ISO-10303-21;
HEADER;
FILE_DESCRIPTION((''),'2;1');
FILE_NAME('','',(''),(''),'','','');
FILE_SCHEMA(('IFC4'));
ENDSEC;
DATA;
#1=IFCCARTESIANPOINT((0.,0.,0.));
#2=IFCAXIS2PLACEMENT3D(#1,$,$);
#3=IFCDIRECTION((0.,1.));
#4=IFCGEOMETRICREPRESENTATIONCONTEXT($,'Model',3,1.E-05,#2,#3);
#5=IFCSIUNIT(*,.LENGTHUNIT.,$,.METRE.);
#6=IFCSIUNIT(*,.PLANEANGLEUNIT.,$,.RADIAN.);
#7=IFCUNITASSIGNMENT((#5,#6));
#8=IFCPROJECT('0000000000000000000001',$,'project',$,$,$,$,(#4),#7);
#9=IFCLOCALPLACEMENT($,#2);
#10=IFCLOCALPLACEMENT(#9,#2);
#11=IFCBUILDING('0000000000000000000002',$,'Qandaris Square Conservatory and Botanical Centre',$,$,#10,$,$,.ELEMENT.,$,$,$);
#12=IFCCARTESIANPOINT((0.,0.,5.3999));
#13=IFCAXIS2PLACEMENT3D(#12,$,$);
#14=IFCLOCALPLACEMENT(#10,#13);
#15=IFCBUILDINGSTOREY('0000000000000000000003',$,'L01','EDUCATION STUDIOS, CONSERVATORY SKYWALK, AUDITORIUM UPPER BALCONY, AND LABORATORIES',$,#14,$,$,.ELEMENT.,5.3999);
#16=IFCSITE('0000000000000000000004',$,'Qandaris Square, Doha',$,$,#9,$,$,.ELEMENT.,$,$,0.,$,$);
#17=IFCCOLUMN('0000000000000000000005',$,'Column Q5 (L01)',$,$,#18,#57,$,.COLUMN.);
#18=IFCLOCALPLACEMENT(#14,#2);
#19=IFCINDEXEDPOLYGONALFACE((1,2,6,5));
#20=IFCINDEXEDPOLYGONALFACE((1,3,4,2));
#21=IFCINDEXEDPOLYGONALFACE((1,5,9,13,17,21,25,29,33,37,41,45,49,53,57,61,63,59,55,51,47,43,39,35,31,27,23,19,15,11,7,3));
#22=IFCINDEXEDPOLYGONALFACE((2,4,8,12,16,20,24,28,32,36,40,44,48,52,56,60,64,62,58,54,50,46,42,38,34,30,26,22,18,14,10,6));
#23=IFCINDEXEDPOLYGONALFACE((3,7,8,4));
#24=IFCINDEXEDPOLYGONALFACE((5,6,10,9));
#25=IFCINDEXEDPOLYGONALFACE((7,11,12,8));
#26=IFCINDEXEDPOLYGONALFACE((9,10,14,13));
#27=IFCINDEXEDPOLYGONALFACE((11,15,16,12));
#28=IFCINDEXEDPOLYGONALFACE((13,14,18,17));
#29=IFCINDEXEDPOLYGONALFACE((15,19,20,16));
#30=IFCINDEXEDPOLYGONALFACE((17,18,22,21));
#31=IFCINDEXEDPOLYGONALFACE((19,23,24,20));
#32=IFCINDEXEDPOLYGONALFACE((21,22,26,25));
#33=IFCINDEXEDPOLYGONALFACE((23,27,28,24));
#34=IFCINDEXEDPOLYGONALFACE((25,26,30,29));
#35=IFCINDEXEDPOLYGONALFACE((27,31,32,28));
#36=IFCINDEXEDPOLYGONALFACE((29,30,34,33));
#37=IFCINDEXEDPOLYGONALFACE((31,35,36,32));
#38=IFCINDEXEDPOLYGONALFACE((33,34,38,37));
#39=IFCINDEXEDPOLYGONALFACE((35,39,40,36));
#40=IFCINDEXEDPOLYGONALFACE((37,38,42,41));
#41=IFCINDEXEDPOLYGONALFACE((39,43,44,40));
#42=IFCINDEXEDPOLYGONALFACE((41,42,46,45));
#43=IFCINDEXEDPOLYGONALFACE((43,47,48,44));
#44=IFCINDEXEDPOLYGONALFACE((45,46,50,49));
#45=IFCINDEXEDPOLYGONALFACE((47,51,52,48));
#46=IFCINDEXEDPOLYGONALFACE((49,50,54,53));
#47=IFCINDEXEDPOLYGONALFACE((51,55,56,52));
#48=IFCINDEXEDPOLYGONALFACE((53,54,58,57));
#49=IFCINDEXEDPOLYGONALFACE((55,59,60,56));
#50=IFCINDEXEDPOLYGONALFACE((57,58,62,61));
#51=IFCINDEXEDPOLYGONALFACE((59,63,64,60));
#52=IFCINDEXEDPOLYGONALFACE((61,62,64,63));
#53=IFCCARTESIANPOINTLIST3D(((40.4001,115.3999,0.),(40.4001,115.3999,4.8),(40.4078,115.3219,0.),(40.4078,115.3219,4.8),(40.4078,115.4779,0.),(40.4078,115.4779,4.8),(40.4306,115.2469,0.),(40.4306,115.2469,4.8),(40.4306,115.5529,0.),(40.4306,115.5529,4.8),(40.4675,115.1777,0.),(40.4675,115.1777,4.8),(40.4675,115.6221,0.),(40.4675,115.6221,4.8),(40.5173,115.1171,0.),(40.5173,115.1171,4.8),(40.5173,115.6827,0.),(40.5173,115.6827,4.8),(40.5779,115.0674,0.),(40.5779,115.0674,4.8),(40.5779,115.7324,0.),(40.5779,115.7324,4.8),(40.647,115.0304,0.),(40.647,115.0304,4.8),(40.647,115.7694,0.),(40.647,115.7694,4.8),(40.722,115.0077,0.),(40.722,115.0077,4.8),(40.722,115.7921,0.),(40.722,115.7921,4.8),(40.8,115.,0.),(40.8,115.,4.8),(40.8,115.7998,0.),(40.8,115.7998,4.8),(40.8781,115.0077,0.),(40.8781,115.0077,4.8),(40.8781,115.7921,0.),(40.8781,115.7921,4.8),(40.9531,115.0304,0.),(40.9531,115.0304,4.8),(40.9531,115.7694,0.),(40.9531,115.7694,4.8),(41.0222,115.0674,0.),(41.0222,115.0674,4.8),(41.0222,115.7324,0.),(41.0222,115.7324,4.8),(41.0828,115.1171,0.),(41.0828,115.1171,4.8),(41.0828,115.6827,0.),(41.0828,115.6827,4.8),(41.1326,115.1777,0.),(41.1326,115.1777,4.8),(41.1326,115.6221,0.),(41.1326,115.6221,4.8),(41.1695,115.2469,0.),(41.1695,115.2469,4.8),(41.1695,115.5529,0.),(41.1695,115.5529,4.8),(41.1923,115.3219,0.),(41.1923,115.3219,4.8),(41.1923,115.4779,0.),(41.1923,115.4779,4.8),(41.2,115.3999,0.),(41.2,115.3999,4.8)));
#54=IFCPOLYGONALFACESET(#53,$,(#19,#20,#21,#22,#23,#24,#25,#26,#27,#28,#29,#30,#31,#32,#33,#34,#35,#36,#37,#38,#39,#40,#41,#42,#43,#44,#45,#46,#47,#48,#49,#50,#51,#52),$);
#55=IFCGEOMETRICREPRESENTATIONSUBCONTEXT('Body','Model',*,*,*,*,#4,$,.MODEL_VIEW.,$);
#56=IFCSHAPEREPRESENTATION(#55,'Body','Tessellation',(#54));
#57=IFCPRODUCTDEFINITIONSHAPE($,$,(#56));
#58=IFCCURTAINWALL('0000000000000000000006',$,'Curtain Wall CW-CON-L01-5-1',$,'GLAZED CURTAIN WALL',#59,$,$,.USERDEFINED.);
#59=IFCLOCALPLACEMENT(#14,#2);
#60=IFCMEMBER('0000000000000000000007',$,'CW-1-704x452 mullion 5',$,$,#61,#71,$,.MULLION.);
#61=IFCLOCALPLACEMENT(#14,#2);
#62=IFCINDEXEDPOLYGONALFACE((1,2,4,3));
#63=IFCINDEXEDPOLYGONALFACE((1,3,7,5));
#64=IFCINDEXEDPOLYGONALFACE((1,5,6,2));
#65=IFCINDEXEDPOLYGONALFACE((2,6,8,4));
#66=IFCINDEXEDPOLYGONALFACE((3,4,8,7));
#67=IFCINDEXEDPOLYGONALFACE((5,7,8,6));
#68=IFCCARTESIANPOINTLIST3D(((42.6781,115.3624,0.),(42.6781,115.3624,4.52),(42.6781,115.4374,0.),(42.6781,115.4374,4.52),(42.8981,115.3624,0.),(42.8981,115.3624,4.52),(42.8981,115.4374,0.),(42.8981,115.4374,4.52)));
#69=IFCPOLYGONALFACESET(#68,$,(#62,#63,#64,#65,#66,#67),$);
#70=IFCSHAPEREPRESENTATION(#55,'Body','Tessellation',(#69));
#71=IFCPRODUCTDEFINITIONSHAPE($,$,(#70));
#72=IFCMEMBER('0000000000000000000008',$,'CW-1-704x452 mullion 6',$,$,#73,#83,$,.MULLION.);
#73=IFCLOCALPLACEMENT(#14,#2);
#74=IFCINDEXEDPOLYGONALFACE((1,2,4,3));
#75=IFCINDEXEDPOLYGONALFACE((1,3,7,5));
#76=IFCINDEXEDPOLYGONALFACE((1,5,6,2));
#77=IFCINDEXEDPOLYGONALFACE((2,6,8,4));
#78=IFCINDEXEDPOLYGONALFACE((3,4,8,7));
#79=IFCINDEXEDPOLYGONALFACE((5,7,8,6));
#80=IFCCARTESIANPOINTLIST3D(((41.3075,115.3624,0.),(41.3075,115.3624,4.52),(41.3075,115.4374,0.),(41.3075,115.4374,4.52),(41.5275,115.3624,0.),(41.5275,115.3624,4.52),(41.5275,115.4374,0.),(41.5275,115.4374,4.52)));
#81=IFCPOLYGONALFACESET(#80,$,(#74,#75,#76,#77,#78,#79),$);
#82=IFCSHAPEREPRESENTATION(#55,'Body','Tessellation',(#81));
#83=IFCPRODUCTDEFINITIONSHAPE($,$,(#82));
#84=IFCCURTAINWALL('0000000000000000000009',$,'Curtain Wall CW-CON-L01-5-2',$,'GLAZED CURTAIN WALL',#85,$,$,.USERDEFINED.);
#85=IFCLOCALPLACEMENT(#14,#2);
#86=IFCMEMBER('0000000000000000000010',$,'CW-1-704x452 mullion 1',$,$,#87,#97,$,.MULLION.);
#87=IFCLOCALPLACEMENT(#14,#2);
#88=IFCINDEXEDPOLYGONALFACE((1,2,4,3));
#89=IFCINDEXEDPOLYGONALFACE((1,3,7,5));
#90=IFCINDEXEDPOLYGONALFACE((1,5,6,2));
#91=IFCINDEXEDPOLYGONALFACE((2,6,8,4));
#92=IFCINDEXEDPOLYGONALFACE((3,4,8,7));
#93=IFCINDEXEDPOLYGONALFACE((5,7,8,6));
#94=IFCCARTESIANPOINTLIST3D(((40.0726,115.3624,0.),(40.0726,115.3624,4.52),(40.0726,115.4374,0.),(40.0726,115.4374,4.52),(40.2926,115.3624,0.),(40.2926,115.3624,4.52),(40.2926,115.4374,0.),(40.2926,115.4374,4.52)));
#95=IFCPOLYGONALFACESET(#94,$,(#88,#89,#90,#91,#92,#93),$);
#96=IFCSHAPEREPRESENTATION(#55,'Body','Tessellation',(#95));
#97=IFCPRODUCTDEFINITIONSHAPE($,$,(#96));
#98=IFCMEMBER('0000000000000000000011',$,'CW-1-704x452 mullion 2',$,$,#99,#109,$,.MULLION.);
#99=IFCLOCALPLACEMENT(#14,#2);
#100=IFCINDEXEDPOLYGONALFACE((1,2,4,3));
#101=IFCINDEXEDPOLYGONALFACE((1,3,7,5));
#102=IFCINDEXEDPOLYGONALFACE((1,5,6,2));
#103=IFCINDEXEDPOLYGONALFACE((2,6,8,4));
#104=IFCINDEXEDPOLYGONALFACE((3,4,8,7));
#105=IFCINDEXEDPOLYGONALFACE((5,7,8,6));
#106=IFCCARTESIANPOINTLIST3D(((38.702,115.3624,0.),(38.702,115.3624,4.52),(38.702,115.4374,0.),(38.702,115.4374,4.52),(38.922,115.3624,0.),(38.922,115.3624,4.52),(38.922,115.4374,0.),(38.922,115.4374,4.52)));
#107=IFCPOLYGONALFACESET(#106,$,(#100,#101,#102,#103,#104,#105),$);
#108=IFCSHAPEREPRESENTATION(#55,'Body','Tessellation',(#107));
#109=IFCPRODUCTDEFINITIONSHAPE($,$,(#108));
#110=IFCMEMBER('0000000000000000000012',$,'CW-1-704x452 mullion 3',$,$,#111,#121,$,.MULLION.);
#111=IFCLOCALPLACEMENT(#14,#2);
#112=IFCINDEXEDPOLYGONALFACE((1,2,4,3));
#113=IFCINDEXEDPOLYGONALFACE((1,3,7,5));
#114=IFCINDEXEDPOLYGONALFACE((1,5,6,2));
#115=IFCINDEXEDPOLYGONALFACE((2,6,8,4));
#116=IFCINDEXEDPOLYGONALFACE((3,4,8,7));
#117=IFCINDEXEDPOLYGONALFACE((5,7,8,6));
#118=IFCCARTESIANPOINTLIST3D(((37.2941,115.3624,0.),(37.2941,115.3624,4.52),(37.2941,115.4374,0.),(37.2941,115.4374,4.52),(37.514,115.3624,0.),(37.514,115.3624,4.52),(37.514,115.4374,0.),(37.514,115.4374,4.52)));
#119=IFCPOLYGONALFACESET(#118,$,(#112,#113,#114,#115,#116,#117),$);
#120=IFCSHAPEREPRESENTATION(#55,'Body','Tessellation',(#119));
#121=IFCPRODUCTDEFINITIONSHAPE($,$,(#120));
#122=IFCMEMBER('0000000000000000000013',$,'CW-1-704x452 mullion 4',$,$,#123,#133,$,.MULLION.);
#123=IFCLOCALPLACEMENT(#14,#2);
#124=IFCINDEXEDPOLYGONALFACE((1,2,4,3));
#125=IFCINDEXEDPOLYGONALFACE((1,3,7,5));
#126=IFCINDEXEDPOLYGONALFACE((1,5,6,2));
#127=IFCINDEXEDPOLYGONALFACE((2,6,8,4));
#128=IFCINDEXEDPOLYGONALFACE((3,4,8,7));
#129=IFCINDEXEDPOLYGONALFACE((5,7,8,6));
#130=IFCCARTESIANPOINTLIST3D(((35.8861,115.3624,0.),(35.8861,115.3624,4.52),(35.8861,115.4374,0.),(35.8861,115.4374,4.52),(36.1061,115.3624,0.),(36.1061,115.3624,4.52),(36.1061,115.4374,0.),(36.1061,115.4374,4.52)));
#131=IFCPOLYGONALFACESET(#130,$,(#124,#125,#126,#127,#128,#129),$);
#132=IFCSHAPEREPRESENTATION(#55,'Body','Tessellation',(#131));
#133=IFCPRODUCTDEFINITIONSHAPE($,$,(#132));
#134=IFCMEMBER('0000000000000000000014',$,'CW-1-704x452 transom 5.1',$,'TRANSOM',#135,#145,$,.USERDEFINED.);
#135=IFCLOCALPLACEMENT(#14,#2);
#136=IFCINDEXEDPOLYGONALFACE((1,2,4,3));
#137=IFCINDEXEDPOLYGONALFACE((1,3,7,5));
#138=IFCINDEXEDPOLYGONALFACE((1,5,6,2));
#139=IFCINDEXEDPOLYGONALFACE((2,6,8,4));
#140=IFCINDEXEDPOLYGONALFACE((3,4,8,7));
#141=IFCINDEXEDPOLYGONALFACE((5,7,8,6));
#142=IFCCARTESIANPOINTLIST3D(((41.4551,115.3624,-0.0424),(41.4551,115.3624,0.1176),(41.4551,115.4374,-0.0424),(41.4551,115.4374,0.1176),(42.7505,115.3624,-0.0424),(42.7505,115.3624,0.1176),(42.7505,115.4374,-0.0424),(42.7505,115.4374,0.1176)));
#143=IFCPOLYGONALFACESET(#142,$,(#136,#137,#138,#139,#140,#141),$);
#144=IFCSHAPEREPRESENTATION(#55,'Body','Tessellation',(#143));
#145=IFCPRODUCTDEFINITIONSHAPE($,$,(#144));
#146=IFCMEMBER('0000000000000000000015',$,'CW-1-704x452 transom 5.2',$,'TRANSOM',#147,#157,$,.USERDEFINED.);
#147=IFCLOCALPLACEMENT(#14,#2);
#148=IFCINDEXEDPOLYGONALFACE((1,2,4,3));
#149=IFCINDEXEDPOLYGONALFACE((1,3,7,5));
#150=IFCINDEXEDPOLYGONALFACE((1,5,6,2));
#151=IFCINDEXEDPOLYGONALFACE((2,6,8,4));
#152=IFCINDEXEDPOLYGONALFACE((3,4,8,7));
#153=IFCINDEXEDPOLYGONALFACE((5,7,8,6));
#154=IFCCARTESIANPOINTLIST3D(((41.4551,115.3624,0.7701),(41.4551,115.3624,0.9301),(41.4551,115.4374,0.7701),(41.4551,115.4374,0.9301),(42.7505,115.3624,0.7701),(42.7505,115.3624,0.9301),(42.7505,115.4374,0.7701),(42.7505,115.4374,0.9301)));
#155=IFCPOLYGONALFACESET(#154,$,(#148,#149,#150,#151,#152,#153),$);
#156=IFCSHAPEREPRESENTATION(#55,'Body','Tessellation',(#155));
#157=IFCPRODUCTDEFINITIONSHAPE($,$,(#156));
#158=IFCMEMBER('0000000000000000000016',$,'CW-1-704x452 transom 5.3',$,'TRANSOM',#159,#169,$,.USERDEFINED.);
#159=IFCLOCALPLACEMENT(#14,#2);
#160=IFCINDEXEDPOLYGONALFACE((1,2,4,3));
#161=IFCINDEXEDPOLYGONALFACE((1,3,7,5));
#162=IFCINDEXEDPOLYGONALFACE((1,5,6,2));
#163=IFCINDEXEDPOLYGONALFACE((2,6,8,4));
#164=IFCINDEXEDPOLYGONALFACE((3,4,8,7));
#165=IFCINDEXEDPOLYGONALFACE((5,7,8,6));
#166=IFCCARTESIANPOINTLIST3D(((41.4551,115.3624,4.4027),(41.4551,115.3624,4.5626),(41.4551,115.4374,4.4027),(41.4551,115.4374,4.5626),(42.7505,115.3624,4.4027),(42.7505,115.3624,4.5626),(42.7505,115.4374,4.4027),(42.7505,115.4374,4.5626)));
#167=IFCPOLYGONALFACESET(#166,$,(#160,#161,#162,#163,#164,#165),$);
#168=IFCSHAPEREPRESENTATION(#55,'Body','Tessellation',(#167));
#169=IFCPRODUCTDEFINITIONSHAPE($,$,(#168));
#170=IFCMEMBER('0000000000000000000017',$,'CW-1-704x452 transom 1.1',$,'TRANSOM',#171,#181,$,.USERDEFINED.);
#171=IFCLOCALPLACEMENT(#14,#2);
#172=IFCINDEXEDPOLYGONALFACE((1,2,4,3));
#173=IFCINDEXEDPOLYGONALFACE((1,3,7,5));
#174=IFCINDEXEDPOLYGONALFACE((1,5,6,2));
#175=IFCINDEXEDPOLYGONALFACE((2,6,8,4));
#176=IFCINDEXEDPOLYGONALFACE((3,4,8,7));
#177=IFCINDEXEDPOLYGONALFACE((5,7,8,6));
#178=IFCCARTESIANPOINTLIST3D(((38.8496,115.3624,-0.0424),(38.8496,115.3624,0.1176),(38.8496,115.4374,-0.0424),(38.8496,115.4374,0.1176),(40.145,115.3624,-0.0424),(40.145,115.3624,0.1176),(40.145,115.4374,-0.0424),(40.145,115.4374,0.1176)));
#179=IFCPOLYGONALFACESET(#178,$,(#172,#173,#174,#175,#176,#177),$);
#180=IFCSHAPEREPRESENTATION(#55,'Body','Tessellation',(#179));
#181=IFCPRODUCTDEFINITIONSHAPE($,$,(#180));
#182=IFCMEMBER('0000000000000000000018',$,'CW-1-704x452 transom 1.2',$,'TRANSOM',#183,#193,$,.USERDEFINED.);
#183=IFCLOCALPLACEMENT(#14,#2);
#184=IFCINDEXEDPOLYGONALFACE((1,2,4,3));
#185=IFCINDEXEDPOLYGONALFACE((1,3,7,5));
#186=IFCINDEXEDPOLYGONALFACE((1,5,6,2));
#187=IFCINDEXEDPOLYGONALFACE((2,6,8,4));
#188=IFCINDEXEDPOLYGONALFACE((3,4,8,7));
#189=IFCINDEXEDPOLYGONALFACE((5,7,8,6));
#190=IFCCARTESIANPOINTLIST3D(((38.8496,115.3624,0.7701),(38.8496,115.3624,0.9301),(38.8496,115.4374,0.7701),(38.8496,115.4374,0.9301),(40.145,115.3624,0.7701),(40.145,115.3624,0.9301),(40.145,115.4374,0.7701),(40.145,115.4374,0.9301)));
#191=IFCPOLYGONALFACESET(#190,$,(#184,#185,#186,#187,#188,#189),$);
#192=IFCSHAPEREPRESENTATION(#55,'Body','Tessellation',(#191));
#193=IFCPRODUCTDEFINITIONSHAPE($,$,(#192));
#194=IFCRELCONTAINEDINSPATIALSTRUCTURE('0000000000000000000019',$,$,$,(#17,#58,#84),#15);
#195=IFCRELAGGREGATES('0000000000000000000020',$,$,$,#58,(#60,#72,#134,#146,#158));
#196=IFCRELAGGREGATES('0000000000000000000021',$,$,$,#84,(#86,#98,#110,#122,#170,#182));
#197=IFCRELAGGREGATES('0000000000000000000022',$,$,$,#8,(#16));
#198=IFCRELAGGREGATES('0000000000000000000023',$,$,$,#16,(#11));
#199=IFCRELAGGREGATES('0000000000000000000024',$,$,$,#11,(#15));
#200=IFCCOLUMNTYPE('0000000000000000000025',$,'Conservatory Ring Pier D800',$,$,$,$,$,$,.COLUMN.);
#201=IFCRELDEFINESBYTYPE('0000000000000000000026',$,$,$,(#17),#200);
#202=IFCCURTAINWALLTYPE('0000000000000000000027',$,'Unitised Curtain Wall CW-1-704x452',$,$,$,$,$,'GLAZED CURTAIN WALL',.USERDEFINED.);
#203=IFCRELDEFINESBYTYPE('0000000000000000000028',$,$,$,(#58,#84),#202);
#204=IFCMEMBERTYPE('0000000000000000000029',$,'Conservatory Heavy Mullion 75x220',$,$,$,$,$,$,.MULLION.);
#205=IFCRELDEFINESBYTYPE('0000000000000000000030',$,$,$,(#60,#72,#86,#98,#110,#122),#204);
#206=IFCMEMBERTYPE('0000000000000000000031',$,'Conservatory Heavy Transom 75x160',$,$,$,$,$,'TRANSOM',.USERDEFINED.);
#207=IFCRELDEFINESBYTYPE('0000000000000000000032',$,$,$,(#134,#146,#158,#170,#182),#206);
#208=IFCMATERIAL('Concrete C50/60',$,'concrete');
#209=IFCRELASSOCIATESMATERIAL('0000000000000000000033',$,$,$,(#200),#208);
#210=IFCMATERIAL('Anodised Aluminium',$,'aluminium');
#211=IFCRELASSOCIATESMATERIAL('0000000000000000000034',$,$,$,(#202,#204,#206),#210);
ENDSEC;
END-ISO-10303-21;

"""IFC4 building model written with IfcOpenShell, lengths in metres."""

from ifc_helpers import new_model, si_unit, direction, frame, origin, origin_2d, place, context, subcontext, project, spatial, rectangle, circle, extrude, material, material_profile, profile_set, type_object, element, aggregate, save


model = new_model("IFC4")

# Units and contexts
model_context = context("Model", 3, precision=1e-05, world=origin(), true_north=direction((0.0, 1.0)))
body_context = subcontext(model_context, "Body", "Model", "MODEL_VIEW")
ifc_project = project(units=[si_unit("LENGTHUNIT", "METRE"), si_unit("PLANEANGLEUNIT", "RADIAN")], contexts=[model_context])

# Site, building, storey
site_placement = place(None, origin())
site = spatial("IfcSite", under=ifc_project, at=site_placement, Name="Qandaris Square, Doha", CompositionType="ELEMENT", RefElevation=0.0)
building_placement = place(site_placement, origin())
building = spatial("IfcBuilding", under=site, at=building_placement, Name="Qandaris Square Conservatory and Botanical Centre", CompositionType="ELEMENT")
storey_placement = place(building_placement, frame((0.0, 0.0, 5.3999)))
storey = spatial("IfcBuildingStorey", under=building, at=storey_placement, Name="L01", Description="EDUCATION STUDIOS, CONSERVATORY SKYWALK, AUDITORIUM UPPER BALCONY, AND LABORATORIES", CompositionType="ELEMENT", Elevation=5.3999)

# Column
ifc_material_1 = material(Name="Concrete C50/60", Category="concrete")
ifc_material_profile_1 = material_profile(ifc_material_1, circle(Radius=0.3999, at=origin_2d()), Name="RC-COL D800")
ifc_profile_set_1 = profile_set([ifc_material_profile_1], Name="Concrete C50/60")
column_type = type_object("IfcColumnType", Name="Conservatory Ring Pier D800", PredefinedType="COLUMN", material=ifc_profile_set_1)
column_placement = place(storey_placement, frame((40.8, 115.3999, 0.0), z_axis=(0.0, 0.0, 1.0), x_axis=(1.0, 0.0, 0.0)))
element("IfcColumn", 1, at=column_placement, inside=storey, type_object=column_type, Name="Column Q5 (L01)", PredefinedType="COLUMN", context=body_context, shape_type="SweptSolid", body=[
    extrude(circle(Radius=0.3999, at=origin_2d()), origin(), (0.0, 0.0, 1.0), 4.8),
])

# Curtain walls, members
ifc_material_2 = material(Name="Anodised Aluminium", Category="aluminium")
curtain_wall_type = type_object("IfcCurtainWallType", Name="Unitised Curtain Wall CW-1-704x452", ElementType="GLAZED CURTAIN WALL", PredefinedType="USERDEFINED", material=ifc_material_2)
curtain_wall_1_placement = place(storey_placement, origin())
curtain_wall_1 = element("IfcCurtainWall", 2, at=curtain_wall_1_placement, inside=storey, type_object=curtain_wall_type, Name="Curtain Wall CW-CON-L01-5-1", ObjectType="GLAZED CURTAIN WALL", PredefinedType="USERDEFINED")
ifc_material_profile_2 = material_profile(ifc_material_2, rectangle(XDim=0.075, YDim=0.22, at=origin_2d()), Name="ALU-MUL 75x220")
ifc_profile_set_2 = profile_set([ifc_material_profile_2], Name="Anodised Aluminium")
member_type_1 = type_object("IfcMemberType", Name="Conservatory Heavy Mullion 75x220", PredefinedType="MULLION", material=ifc_profile_set_2)
member_1_placement = place(storey_placement, frame((42.7881, 115.3999, 0.0), z_axis=(0.0, 0.0, 1.0), x_axis=(0.0, -1.0, 0.0)))
member_1 = element("IfcMember", 3, at=member_1_placement, type_object=member_type_1, Name="CW-1-704x452 mullion 5", PredefinedType="MULLION", context=body_context, shape_type="SweptSolid", body=[
    extrude(rectangle(XDim=0.075, YDim=0.22, at=origin_2d()), origin(), (0.0, 0.0, 1.0), 4.52),
])
member_2_placement = place(storey_placement, frame((41.4175, 115.3999, 0.0), z_axis=(0.0, 0.0, 1.0), x_axis=(0.0, -1.0, 0.0)))
member_2 = element("IfcMember", 4, at=member_2_placement, type_object=member_type_1, Name="CW-1-704x452 mullion 6", PredefinedType="MULLION", context=body_context, shape_type="SweptSolid", body=[
    extrude(rectangle(XDim=0.075, YDim=0.22, at=origin_2d()), origin(), (0.0, 0.0, 1.0), 4.52),
])
curtain_wall_2_placement = place(storey_placement, origin())
curtain_wall_2 = element("IfcCurtainWall", 5, at=curtain_wall_2_placement, inside=storey, type_object=curtain_wall_type, Name="Curtain Wall CW-CON-L01-5-2", ObjectType="GLAZED CURTAIN WALL", PredefinedType="USERDEFINED")
member_3_placement = place(storey_placement, frame((40.1826, 115.3999, 0.0), z_axis=(0.0, 0.0, 1.0), x_axis=(0.0, -1.0, 0.0)))
member_3 = element("IfcMember", 6, at=member_3_placement, type_object=member_type_1, Name="CW-1-704x452 mullion 1", PredefinedType="MULLION", context=body_context, shape_type="SweptSolid", body=[
    extrude(rectangle(XDim=0.075, YDim=0.22, at=origin_2d()), origin(), (0.0, 0.0, 1.0), 4.52),
])
member_4_placement = place(storey_placement, frame((38.812, 115.3999, 0.0), z_axis=(0.0, 0.0, 1.0), x_axis=(0.0, -1.0, 0.0)))
member_4 = element("IfcMember", 7, at=member_4_placement, type_object=member_type_1, Name="CW-1-704x452 mullion 2", PredefinedType="MULLION", context=body_context, shape_type="SweptSolid", body=[
    extrude(rectangle(XDim=0.075, YDim=0.22, at=origin_2d()), origin(), (0.0, 0.0, 1.0), 4.52),
])
member_5_placement = place(storey_placement, frame((37.4041, 115.3999, 0.0), z_axis=(0.0, 0.0, 1.0), x_axis=(0.0, -1.0, 0.0)))
member_5 = element("IfcMember", 8, at=member_5_placement, type_object=member_type_1, Name="CW-1-704x452 mullion 3", PredefinedType="MULLION", context=body_context, shape_type="SweptSolid", body=[
    extrude(rectangle(XDim=0.075, YDim=0.22, at=origin_2d()), origin(), (0.0, 0.0, 1.0), 4.52),
])
member_6_placement = place(storey_placement, frame((35.9961, 115.3999, 0.0), z_axis=(0.0, 0.0, 1.0), x_axis=(0.0, -1.0, 0.0)))
member_6 = element("IfcMember", 9, at=member_6_placement, type_object=member_type_1, Name="CW-1-704x452 mullion 4", PredefinedType="MULLION", context=body_context, shape_type="SweptSolid", body=[
    extrude(rectangle(XDim=0.075, YDim=0.22, at=origin_2d()), origin(), (0.0, 0.0, 1.0), 4.52),
])

# Members
ifc_material_profile_3 = material_profile(ifc_material_2, rectangle(XDim=0.075, YDim=0.1599, at=origin_2d()), Name="ALU-TRN 75x160")
ifc_profile_set_3 = profile_set([ifc_material_profile_3], Name="Anodised Aluminium")
member_type_2 = type_object("IfcMemberType", Name="Conservatory Heavy Transom 75x160", ElementType="TRANSOM", PredefinedType="USERDEFINED", material=ifc_profile_set_3)
member_7_placement = place(storey_placement, frame((42.7505, 115.3999, 0.0376), z_axis=(-1.0, 0.0, 0.0), x_axis=(0.0, -1.0, 0.0)))
member_7 = element("IfcMember", 10, at=member_7_placement, type_object=member_type_2, Name="CW-1-704x452 transom 5.1", ObjectType="TRANSOM", PredefinedType="USERDEFINED", context=body_context, shape_type="SweptSolid", body=[
    extrude(rectangle(XDim=0.075, YDim=0.1599, at=origin_2d()), origin(), (0.0, 0.0, 1.0), 1.2954),
])
member_8_placement = place(storey_placement, frame((42.7505, 115.3999, 0.8501), z_axis=(-1.0, 0.0, 0.0), x_axis=(0.0, -1.0, 0.0)))
member_8 = element("IfcMember", 11, at=member_8_placement, type_object=member_type_2, Name="CW-1-704x452 transom 5.2", ObjectType="TRANSOM", PredefinedType="USERDEFINED", context=body_context, shape_type="SweptSolid", body=[
    extrude(rectangle(XDim=0.075, YDim=0.1599, at=origin_2d()), origin(), (0.0, 0.0, 1.0), 1.2954),
])
member_9_placement = place(storey_placement, frame((42.7505, 115.3999, 4.4827), z_axis=(-1.0, 0.0, 0.0), x_axis=(0.0, -1.0, 0.0)))
member_9 = element("IfcMember", 12, at=member_9_placement, type_object=member_type_2, Name="CW-1-704x452 transom 5.3", ObjectType="TRANSOM", PredefinedType="USERDEFINED", context=body_context, shape_type="SweptSolid", body=[
    extrude(rectangle(XDim=0.075, YDim=0.1599, at=origin_2d()), origin(), (0.0, 0.0, 1.0), 1.2954),
])
member_10_placement = place(storey_placement, frame((40.145, 115.3999, 0.0376), z_axis=(-1.0, 0.0, 0.0), x_axis=(0.0, -1.0, 0.0)))
member_10 = element("IfcMember", 13, at=member_10_placement, type_object=member_type_2, Name="CW-1-704x452 transom 1.1", ObjectType="TRANSOM", PredefinedType="USERDEFINED", context=body_context, shape_type="SweptSolid", body=[
    extrude(rectangle(XDim=0.075, YDim=0.1599, at=origin_2d()), origin(), (0.0, 0.0, 1.0), 1.2954),
])
member_11_placement = place(storey_placement, frame((40.145, 115.3999, 0.8501), z_axis=(-1.0, 0.0, 0.0), x_axis=(0.0, -1.0, 0.0)))
member_11 = element("IfcMember", 14, at=member_11_placement, type_object=member_type_2, Name="CW-1-704x452 transom 1.2", ObjectType="TRANSOM", PredefinedType="USERDEFINED", context=body_context, shape_type="SweptSolid", body=[
    extrude(rectangle(XDim=0.075, YDim=0.1599, at=origin_2d()), origin(), (0.0, 0.0, 1.0), 1.2954),
])

aggregate(curtain_wall_1, [member_1, member_2, member_7, member_8, member_9])
aggregate(curtain_wall_2, [member_3, member_4, member_5, member_6, member_10, member_11])

save(model, "model.ifc")
